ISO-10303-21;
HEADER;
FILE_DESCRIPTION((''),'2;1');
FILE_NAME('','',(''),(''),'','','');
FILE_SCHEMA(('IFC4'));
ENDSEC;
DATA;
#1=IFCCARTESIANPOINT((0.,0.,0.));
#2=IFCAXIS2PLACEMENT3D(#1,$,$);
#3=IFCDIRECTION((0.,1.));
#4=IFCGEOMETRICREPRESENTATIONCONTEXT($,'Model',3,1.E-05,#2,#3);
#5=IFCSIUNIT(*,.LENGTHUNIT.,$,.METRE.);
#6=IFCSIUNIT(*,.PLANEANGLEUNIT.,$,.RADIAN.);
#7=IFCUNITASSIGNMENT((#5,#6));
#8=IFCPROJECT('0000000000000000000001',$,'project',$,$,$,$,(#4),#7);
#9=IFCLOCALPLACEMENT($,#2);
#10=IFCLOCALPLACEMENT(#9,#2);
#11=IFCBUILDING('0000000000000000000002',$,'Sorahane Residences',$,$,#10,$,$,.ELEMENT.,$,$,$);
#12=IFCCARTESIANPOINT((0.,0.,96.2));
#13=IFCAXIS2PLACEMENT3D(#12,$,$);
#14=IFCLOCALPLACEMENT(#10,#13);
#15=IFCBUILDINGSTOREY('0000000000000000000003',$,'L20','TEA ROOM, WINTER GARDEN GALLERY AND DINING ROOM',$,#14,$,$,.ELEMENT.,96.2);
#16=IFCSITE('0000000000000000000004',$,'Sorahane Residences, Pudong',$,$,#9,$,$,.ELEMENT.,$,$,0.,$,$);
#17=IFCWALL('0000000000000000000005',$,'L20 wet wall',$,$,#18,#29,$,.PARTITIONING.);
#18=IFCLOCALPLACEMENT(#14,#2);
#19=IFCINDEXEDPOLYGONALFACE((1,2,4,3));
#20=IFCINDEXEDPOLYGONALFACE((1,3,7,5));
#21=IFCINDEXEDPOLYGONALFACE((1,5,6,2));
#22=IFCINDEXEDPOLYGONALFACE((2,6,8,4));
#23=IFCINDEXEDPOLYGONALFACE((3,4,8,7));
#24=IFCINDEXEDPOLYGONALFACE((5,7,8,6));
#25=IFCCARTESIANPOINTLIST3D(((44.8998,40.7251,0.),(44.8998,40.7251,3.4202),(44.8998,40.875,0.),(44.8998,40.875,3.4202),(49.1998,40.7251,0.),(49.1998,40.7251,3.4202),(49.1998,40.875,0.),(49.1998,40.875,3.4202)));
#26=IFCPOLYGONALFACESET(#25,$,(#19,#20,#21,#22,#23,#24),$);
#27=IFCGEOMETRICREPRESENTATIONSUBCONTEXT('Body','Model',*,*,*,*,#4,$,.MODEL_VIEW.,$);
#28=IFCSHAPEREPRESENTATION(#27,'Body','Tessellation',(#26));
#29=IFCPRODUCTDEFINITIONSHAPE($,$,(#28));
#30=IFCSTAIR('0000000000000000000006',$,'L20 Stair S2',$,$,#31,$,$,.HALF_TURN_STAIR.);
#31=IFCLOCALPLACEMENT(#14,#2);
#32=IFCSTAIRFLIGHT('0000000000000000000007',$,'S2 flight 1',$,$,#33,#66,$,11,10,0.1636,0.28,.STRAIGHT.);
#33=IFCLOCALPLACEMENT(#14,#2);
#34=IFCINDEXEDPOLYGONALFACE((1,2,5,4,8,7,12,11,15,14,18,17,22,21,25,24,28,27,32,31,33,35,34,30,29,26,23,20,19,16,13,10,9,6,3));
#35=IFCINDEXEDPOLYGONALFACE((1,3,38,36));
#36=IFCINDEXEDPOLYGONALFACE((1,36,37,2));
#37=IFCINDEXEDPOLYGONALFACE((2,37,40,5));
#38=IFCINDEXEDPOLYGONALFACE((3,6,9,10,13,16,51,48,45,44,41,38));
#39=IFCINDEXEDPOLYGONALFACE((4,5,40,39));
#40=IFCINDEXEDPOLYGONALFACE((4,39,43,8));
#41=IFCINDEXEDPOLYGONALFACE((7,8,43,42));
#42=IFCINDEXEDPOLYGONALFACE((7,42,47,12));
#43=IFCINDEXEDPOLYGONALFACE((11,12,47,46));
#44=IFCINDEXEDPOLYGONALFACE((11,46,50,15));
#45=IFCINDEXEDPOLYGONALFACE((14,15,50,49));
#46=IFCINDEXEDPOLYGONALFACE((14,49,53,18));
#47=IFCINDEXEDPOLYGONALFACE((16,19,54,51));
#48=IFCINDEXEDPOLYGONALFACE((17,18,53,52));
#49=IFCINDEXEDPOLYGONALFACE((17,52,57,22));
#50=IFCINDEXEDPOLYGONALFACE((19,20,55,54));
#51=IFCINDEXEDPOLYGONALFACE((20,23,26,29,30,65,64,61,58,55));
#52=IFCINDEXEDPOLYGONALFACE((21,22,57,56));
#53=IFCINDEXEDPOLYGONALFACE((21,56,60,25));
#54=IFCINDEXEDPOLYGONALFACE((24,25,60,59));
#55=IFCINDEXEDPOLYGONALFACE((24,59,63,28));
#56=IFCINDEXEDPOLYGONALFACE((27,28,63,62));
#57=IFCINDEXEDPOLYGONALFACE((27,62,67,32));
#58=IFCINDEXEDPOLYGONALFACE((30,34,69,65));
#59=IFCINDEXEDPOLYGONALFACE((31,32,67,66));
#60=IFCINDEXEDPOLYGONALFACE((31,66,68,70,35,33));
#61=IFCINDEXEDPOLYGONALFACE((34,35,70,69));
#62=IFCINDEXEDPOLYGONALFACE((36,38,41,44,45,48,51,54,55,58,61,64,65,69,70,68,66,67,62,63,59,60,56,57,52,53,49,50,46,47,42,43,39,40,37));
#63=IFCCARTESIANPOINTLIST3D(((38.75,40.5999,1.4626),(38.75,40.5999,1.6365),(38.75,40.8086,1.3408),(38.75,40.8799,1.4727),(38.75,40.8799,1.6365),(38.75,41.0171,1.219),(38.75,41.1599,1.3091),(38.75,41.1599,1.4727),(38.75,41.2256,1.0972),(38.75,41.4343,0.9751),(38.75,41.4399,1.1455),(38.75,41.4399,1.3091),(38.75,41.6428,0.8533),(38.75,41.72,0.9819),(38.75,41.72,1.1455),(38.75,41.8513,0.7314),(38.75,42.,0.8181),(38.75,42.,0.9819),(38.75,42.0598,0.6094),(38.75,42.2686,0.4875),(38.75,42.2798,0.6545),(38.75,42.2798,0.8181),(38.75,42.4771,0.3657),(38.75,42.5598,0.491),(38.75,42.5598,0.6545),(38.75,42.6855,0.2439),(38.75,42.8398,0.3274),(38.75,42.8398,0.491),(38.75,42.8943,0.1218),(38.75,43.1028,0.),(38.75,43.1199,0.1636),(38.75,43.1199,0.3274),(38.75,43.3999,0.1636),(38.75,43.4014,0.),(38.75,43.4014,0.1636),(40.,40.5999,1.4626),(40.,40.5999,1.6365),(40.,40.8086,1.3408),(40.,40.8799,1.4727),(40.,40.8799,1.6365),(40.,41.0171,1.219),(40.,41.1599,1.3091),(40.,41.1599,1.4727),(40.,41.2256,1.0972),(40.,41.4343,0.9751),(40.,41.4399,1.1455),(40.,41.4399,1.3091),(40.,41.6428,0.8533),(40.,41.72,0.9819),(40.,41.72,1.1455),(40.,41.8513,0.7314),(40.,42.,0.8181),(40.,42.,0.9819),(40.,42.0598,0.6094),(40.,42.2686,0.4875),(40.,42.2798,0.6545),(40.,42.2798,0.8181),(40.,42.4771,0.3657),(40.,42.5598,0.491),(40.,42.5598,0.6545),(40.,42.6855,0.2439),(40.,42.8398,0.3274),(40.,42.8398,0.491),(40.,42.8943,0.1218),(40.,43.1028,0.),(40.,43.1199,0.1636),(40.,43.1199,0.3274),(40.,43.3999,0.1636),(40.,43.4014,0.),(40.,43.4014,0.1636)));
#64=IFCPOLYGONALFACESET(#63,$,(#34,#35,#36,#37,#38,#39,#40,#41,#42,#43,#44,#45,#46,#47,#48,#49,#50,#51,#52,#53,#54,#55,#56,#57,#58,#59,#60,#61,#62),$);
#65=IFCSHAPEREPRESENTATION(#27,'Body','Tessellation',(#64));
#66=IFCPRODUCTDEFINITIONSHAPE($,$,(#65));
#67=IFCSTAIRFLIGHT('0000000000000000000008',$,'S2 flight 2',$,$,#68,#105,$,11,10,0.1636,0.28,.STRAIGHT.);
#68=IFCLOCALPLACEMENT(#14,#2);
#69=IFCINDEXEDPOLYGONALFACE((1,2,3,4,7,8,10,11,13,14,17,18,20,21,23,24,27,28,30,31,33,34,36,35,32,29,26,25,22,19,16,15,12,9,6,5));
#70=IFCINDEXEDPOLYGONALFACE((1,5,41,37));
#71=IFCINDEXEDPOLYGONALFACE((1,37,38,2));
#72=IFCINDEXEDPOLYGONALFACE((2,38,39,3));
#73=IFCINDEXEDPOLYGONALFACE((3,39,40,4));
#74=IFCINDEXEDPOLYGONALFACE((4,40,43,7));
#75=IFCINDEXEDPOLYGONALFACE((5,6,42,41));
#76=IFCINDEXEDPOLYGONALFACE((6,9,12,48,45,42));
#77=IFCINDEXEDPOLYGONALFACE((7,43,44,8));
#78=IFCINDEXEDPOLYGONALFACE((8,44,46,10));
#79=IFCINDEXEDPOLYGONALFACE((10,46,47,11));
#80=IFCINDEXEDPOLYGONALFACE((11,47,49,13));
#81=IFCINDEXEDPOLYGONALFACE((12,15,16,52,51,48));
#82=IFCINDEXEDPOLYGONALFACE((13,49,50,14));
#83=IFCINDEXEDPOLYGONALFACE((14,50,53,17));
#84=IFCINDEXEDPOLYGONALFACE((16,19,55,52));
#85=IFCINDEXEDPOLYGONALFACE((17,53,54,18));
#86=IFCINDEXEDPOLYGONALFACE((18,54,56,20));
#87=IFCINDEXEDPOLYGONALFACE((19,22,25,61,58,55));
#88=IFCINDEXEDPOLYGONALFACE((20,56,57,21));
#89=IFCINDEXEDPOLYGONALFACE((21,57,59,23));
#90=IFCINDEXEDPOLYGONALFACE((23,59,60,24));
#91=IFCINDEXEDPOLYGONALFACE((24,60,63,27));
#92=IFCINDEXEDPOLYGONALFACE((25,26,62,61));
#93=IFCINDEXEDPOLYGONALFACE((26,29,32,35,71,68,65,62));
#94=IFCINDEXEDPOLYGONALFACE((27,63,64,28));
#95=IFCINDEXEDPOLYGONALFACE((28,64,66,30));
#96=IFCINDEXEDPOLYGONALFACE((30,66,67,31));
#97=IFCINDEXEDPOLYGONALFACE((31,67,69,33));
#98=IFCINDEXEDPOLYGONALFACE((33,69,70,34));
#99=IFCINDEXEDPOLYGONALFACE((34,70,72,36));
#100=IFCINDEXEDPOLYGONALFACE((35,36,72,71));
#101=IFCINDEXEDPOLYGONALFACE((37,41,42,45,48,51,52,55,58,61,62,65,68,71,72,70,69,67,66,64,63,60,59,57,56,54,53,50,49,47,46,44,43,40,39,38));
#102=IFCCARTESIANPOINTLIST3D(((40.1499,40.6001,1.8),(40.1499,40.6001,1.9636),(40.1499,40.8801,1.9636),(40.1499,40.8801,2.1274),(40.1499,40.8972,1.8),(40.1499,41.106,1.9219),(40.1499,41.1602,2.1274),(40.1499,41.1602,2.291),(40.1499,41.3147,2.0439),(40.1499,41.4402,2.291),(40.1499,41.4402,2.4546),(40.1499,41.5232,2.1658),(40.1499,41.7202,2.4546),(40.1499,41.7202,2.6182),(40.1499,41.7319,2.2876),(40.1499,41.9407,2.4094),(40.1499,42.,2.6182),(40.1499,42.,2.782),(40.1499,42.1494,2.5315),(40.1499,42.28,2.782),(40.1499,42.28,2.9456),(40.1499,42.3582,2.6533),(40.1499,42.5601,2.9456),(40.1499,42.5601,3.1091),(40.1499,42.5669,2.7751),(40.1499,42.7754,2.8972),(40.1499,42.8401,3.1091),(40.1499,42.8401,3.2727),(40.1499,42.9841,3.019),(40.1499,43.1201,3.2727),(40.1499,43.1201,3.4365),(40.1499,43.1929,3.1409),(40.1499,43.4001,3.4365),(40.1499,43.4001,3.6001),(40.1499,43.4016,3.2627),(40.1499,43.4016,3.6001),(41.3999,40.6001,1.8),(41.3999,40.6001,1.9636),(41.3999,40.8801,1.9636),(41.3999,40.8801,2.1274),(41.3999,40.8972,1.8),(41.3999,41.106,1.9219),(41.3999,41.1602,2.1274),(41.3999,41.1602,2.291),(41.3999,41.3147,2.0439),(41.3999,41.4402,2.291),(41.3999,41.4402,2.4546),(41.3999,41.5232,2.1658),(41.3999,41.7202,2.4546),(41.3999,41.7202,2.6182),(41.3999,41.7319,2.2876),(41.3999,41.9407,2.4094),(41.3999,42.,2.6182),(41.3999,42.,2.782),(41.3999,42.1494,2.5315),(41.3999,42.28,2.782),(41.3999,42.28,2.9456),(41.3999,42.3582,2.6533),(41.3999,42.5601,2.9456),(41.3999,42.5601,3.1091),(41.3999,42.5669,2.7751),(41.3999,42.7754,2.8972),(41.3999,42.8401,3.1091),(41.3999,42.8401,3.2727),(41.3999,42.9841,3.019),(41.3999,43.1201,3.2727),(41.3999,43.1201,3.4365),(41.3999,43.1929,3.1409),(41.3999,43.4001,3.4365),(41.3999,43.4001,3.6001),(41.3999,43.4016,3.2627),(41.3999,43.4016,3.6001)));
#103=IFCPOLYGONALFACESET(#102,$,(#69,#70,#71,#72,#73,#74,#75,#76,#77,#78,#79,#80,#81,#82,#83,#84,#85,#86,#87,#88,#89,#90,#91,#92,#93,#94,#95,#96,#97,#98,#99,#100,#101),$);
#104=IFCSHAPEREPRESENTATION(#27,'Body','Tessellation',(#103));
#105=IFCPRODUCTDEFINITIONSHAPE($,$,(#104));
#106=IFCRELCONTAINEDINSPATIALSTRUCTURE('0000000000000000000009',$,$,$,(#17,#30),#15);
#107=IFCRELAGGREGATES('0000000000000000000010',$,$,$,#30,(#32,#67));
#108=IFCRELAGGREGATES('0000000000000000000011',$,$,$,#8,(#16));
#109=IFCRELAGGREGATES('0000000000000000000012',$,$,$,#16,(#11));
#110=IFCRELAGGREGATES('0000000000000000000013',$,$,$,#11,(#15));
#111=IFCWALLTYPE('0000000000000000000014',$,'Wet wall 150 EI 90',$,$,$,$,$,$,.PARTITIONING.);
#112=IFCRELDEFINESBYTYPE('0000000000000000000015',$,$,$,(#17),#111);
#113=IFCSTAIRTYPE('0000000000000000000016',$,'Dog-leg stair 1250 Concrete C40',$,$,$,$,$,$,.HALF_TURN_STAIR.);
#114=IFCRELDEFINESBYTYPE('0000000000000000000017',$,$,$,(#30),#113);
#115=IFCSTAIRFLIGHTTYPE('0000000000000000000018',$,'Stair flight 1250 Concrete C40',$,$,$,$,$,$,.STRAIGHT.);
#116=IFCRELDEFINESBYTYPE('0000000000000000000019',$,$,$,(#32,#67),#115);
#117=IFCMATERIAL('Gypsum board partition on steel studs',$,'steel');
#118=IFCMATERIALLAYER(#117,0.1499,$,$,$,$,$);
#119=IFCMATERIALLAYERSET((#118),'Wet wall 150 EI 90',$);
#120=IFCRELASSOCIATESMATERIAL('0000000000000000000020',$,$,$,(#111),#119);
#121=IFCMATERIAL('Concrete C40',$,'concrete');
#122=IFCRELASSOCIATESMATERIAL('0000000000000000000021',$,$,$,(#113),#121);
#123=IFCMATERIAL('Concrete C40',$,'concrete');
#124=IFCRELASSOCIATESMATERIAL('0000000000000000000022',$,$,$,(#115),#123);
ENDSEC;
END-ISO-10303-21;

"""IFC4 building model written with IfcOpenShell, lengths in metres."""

from ifc_helpers import new_model, si_unit, direction, frame, frame_2d, origin, place, context, subcontext, project, spatial, polyline, rectangle, outline, extrude, material, layer, layer_set, type_object, element, aggregate, save


model = new_model("IFC4")

# Units and contexts
model_context = context("Model", 3, precision=1e-05, world=origin(), true_north=direction((0.0, 1.0)))
body_context = subcontext(model_context, "Body", "Model", "MODEL_VIEW")
ifc_project = project(units=[si_unit("LENGTHUNIT", "METRE"), si_unit("PLANEANGLEUNIT", "RADIAN")], contexts=[model_context])

# Site, building, storey
site_placement = place(None, origin())
site = spatial("IfcSite", under=ifc_project, at=site_placement, Name="Sorahane Residences, Pudong", CompositionType="ELEMENT", RefElevation=0.0)
building_placement = place(site_placement, origin())
building = spatial("IfcBuilding", under=site, at=building_placement, Name="Sorahane Residences", CompositionType="ELEMENT")
storey_placement = place(building_placement, frame((0.0, 0.0, 96.2)))
storey = spatial("IfcBuildingStorey", under=building, at=storey_placement, Name="L20", Description="TEA ROOM, WINTER GARDEN GALLERY AND DINING ROOM", CompositionType="ELEMENT", Elevation=96.2)

# Wall
ifc_material_1 = material(Name="Gypsum board partition on steel studs", Category="steel")
ifc_layer_1 = layer(ifc_material_1, 0.1499)
ifc_layer_set_1 = layer_set([ifc_layer_1], Name="Wet wall 150 EI 90")
wall_type_1 = type_object("IfcWallType", Name="Wet wall 150 EI 90", PredefinedType="PARTITIONING", material=ifc_layer_set_1)
wall_1_placement = place(storey_placement, frame((44.8999, 40.8, 0.0), z_axis=(0.0, 0.0, 1.0), x_axis=(1.0, 0.0, 0.0)))
element("IfcWall", 1, at=wall_1_placement, inside=storey, type_object=wall_type_1, Name="L20 wet wall", PredefinedType="PARTITIONING", context=body_context, shape_type="SweptSolid", body=[
    extrude(rectangle(XDim=4.3, YDim=0.1499, at=frame_2d((2.1499, 0.0))), origin(), (0.0, 0.0, 1.0), 3.4202),
])

# Stair, stair flights
ifc_material_2 = material(Name="Concrete C40", Category="concrete")
stair_type = type_object("IfcStairType", Name="Dog-leg stair 1250 Concrete C40", PredefinedType="HALF_TURN_STAIR", material=ifc_material_2)
stair_placement = place(storey_placement, origin())
stair = element("IfcStair", 2, at=stair_placement, inside=storey, type_object=stair_type, Name="L20 Stair S2", PredefinedType="HALF_TURN_STAIR")
ifc_material_3 = material(Name="Concrete C40", Category="concrete")
stair_flight_type = type_object("IfcStairFlightType", Name="Stair flight 1250 Concrete C40", PredefinedType="STRAIGHT", material=ifc_material_3)
stair_flight_1_placement = place(storey_placement, frame((39.375, 43.3999, 0.0), z_axis=(0.0, 0.0, 1.0), x_axis=(0.0, -1.0, 0.0)))
stair_flight_1 = element("IfcStairFlight", 3, at=stair_flight_1_placement, type_object=stair_flight_type, Name="S2 flight 1", NumberOfRisers=11, NumberOfTreads=10, PredefinedType="STRAIGHT", RiserHeight=0.1636, TreadLength=0.28, context=body_context, shape_type="SweptSolid", body=[
    extrude(outline(polyline([(-0.0015, 0.0), (-0.0015, 0.1636), (0.0, 0.1636), (0.28, 0.1636), (0.28, 0.3274), (0.5601, 0.3274), (0.5601, 0.491), (0.8401, 0.491), (0.8401, 0.6545), (1.1201, 0.6545), (1.1201, 0.8181), (1.3999, 0.8181), (1.3999, 0.9819), (1.6799, 0.9819), (1.6799, 1.1455), (1.96, 1.1455), (1.96, 1.3091), (2.24, 1.3091), (2.24, 1.4727), (2.52, 1.4727), (2.52, 1.6365), (2.8, 1.6365), (2.8, 1.8), (2.8, 1.4626), (2.5913, 1.3408), (2.3828, 1.219), (2.1743, 1.0972), (1.9656, 0.9751), (1.7571, 0.8533), (1.5486, 0.7314), (1.3401, 0.6094), (1.1313, 0.4875), (0.9229, 0.3657), (0.7144, 0.2439), (0.5056, 0.1218), (0.2971, 0.0), (-0.0015, 0.0)])), frame((0.0, 0.625, 0.0), z_axis=(0.0, -1.0, 0.0), x_axis=(1.0, 0.0, 0.0)), (0.0, 0.0, 1.0), 1.25),
])
stair_flight_2_placement = place(storey_placement, frame((40.7749, 40.6001, 1.8), z_axis=(0.0, 0.0, 1.0), x_axis=(0.0, 1.0, 0.0)))
stair_flight_2 = element("IfcStairFlight", 4, at=stair_flight_2_placement, type_object=stair_flight_type, Name="S2 flight 2", NumberOfRisers=11, NumberOfTreads=10, PredefinedType="STRAIGHT", RiserHeight=0.1636, TreadLength=0.28, context=body_context, shape_type="SweptSolid", body=[
    extrude(outline(polyline([(0.0, 0.0), (0.0, 0.1636), (0.28, 0.1636), (0.28, 0.3274), (0.5601, 0.3274), (0.5601, 0.491), (0.8401, 0.491), (0.8401, 0.6545), (1.1201, 0.6545), (1.1201, 0.8181), (1.3999, 0.8181), (1.3999, 0.9819), (1.6799, 0.9819), (1.6799, 1.1455), (1.96, 1.1455), (1.96, 1.3091), (2.24, 1.3091), (2.24, 1.4727), (2.52, 1.4727), (2.52, 1.6365), (2.8, 1.6365), (2.8, 1.8), (2.8015, 1.8), (2.8015, 1.4626), (2.5928, 1.3408), (2.384, 1.219), (2.1753, 1.0972), (1.9668, 0.9751), (1.7581, 0.8533), (1.5493, 0.7314), (1.3406, 0.6094), (1.1318, 0.4875), (0.9231, 0.3657), (0.7146, 0.2439), (0.5059, 0.1218), (0.2971, 0.0), (0.0, 0.0)])), frame((0.0, 0.625, 0.0), z_axis=(0.0, -1.0, 0.0), x_axis=(1.0, 0.0, 0.0)), (0.0, 0.0, 1.0), 1.25),
])
aggregate(stair, [stair_flight_1, stair_flight_2])

save(model, "model.ifc")
